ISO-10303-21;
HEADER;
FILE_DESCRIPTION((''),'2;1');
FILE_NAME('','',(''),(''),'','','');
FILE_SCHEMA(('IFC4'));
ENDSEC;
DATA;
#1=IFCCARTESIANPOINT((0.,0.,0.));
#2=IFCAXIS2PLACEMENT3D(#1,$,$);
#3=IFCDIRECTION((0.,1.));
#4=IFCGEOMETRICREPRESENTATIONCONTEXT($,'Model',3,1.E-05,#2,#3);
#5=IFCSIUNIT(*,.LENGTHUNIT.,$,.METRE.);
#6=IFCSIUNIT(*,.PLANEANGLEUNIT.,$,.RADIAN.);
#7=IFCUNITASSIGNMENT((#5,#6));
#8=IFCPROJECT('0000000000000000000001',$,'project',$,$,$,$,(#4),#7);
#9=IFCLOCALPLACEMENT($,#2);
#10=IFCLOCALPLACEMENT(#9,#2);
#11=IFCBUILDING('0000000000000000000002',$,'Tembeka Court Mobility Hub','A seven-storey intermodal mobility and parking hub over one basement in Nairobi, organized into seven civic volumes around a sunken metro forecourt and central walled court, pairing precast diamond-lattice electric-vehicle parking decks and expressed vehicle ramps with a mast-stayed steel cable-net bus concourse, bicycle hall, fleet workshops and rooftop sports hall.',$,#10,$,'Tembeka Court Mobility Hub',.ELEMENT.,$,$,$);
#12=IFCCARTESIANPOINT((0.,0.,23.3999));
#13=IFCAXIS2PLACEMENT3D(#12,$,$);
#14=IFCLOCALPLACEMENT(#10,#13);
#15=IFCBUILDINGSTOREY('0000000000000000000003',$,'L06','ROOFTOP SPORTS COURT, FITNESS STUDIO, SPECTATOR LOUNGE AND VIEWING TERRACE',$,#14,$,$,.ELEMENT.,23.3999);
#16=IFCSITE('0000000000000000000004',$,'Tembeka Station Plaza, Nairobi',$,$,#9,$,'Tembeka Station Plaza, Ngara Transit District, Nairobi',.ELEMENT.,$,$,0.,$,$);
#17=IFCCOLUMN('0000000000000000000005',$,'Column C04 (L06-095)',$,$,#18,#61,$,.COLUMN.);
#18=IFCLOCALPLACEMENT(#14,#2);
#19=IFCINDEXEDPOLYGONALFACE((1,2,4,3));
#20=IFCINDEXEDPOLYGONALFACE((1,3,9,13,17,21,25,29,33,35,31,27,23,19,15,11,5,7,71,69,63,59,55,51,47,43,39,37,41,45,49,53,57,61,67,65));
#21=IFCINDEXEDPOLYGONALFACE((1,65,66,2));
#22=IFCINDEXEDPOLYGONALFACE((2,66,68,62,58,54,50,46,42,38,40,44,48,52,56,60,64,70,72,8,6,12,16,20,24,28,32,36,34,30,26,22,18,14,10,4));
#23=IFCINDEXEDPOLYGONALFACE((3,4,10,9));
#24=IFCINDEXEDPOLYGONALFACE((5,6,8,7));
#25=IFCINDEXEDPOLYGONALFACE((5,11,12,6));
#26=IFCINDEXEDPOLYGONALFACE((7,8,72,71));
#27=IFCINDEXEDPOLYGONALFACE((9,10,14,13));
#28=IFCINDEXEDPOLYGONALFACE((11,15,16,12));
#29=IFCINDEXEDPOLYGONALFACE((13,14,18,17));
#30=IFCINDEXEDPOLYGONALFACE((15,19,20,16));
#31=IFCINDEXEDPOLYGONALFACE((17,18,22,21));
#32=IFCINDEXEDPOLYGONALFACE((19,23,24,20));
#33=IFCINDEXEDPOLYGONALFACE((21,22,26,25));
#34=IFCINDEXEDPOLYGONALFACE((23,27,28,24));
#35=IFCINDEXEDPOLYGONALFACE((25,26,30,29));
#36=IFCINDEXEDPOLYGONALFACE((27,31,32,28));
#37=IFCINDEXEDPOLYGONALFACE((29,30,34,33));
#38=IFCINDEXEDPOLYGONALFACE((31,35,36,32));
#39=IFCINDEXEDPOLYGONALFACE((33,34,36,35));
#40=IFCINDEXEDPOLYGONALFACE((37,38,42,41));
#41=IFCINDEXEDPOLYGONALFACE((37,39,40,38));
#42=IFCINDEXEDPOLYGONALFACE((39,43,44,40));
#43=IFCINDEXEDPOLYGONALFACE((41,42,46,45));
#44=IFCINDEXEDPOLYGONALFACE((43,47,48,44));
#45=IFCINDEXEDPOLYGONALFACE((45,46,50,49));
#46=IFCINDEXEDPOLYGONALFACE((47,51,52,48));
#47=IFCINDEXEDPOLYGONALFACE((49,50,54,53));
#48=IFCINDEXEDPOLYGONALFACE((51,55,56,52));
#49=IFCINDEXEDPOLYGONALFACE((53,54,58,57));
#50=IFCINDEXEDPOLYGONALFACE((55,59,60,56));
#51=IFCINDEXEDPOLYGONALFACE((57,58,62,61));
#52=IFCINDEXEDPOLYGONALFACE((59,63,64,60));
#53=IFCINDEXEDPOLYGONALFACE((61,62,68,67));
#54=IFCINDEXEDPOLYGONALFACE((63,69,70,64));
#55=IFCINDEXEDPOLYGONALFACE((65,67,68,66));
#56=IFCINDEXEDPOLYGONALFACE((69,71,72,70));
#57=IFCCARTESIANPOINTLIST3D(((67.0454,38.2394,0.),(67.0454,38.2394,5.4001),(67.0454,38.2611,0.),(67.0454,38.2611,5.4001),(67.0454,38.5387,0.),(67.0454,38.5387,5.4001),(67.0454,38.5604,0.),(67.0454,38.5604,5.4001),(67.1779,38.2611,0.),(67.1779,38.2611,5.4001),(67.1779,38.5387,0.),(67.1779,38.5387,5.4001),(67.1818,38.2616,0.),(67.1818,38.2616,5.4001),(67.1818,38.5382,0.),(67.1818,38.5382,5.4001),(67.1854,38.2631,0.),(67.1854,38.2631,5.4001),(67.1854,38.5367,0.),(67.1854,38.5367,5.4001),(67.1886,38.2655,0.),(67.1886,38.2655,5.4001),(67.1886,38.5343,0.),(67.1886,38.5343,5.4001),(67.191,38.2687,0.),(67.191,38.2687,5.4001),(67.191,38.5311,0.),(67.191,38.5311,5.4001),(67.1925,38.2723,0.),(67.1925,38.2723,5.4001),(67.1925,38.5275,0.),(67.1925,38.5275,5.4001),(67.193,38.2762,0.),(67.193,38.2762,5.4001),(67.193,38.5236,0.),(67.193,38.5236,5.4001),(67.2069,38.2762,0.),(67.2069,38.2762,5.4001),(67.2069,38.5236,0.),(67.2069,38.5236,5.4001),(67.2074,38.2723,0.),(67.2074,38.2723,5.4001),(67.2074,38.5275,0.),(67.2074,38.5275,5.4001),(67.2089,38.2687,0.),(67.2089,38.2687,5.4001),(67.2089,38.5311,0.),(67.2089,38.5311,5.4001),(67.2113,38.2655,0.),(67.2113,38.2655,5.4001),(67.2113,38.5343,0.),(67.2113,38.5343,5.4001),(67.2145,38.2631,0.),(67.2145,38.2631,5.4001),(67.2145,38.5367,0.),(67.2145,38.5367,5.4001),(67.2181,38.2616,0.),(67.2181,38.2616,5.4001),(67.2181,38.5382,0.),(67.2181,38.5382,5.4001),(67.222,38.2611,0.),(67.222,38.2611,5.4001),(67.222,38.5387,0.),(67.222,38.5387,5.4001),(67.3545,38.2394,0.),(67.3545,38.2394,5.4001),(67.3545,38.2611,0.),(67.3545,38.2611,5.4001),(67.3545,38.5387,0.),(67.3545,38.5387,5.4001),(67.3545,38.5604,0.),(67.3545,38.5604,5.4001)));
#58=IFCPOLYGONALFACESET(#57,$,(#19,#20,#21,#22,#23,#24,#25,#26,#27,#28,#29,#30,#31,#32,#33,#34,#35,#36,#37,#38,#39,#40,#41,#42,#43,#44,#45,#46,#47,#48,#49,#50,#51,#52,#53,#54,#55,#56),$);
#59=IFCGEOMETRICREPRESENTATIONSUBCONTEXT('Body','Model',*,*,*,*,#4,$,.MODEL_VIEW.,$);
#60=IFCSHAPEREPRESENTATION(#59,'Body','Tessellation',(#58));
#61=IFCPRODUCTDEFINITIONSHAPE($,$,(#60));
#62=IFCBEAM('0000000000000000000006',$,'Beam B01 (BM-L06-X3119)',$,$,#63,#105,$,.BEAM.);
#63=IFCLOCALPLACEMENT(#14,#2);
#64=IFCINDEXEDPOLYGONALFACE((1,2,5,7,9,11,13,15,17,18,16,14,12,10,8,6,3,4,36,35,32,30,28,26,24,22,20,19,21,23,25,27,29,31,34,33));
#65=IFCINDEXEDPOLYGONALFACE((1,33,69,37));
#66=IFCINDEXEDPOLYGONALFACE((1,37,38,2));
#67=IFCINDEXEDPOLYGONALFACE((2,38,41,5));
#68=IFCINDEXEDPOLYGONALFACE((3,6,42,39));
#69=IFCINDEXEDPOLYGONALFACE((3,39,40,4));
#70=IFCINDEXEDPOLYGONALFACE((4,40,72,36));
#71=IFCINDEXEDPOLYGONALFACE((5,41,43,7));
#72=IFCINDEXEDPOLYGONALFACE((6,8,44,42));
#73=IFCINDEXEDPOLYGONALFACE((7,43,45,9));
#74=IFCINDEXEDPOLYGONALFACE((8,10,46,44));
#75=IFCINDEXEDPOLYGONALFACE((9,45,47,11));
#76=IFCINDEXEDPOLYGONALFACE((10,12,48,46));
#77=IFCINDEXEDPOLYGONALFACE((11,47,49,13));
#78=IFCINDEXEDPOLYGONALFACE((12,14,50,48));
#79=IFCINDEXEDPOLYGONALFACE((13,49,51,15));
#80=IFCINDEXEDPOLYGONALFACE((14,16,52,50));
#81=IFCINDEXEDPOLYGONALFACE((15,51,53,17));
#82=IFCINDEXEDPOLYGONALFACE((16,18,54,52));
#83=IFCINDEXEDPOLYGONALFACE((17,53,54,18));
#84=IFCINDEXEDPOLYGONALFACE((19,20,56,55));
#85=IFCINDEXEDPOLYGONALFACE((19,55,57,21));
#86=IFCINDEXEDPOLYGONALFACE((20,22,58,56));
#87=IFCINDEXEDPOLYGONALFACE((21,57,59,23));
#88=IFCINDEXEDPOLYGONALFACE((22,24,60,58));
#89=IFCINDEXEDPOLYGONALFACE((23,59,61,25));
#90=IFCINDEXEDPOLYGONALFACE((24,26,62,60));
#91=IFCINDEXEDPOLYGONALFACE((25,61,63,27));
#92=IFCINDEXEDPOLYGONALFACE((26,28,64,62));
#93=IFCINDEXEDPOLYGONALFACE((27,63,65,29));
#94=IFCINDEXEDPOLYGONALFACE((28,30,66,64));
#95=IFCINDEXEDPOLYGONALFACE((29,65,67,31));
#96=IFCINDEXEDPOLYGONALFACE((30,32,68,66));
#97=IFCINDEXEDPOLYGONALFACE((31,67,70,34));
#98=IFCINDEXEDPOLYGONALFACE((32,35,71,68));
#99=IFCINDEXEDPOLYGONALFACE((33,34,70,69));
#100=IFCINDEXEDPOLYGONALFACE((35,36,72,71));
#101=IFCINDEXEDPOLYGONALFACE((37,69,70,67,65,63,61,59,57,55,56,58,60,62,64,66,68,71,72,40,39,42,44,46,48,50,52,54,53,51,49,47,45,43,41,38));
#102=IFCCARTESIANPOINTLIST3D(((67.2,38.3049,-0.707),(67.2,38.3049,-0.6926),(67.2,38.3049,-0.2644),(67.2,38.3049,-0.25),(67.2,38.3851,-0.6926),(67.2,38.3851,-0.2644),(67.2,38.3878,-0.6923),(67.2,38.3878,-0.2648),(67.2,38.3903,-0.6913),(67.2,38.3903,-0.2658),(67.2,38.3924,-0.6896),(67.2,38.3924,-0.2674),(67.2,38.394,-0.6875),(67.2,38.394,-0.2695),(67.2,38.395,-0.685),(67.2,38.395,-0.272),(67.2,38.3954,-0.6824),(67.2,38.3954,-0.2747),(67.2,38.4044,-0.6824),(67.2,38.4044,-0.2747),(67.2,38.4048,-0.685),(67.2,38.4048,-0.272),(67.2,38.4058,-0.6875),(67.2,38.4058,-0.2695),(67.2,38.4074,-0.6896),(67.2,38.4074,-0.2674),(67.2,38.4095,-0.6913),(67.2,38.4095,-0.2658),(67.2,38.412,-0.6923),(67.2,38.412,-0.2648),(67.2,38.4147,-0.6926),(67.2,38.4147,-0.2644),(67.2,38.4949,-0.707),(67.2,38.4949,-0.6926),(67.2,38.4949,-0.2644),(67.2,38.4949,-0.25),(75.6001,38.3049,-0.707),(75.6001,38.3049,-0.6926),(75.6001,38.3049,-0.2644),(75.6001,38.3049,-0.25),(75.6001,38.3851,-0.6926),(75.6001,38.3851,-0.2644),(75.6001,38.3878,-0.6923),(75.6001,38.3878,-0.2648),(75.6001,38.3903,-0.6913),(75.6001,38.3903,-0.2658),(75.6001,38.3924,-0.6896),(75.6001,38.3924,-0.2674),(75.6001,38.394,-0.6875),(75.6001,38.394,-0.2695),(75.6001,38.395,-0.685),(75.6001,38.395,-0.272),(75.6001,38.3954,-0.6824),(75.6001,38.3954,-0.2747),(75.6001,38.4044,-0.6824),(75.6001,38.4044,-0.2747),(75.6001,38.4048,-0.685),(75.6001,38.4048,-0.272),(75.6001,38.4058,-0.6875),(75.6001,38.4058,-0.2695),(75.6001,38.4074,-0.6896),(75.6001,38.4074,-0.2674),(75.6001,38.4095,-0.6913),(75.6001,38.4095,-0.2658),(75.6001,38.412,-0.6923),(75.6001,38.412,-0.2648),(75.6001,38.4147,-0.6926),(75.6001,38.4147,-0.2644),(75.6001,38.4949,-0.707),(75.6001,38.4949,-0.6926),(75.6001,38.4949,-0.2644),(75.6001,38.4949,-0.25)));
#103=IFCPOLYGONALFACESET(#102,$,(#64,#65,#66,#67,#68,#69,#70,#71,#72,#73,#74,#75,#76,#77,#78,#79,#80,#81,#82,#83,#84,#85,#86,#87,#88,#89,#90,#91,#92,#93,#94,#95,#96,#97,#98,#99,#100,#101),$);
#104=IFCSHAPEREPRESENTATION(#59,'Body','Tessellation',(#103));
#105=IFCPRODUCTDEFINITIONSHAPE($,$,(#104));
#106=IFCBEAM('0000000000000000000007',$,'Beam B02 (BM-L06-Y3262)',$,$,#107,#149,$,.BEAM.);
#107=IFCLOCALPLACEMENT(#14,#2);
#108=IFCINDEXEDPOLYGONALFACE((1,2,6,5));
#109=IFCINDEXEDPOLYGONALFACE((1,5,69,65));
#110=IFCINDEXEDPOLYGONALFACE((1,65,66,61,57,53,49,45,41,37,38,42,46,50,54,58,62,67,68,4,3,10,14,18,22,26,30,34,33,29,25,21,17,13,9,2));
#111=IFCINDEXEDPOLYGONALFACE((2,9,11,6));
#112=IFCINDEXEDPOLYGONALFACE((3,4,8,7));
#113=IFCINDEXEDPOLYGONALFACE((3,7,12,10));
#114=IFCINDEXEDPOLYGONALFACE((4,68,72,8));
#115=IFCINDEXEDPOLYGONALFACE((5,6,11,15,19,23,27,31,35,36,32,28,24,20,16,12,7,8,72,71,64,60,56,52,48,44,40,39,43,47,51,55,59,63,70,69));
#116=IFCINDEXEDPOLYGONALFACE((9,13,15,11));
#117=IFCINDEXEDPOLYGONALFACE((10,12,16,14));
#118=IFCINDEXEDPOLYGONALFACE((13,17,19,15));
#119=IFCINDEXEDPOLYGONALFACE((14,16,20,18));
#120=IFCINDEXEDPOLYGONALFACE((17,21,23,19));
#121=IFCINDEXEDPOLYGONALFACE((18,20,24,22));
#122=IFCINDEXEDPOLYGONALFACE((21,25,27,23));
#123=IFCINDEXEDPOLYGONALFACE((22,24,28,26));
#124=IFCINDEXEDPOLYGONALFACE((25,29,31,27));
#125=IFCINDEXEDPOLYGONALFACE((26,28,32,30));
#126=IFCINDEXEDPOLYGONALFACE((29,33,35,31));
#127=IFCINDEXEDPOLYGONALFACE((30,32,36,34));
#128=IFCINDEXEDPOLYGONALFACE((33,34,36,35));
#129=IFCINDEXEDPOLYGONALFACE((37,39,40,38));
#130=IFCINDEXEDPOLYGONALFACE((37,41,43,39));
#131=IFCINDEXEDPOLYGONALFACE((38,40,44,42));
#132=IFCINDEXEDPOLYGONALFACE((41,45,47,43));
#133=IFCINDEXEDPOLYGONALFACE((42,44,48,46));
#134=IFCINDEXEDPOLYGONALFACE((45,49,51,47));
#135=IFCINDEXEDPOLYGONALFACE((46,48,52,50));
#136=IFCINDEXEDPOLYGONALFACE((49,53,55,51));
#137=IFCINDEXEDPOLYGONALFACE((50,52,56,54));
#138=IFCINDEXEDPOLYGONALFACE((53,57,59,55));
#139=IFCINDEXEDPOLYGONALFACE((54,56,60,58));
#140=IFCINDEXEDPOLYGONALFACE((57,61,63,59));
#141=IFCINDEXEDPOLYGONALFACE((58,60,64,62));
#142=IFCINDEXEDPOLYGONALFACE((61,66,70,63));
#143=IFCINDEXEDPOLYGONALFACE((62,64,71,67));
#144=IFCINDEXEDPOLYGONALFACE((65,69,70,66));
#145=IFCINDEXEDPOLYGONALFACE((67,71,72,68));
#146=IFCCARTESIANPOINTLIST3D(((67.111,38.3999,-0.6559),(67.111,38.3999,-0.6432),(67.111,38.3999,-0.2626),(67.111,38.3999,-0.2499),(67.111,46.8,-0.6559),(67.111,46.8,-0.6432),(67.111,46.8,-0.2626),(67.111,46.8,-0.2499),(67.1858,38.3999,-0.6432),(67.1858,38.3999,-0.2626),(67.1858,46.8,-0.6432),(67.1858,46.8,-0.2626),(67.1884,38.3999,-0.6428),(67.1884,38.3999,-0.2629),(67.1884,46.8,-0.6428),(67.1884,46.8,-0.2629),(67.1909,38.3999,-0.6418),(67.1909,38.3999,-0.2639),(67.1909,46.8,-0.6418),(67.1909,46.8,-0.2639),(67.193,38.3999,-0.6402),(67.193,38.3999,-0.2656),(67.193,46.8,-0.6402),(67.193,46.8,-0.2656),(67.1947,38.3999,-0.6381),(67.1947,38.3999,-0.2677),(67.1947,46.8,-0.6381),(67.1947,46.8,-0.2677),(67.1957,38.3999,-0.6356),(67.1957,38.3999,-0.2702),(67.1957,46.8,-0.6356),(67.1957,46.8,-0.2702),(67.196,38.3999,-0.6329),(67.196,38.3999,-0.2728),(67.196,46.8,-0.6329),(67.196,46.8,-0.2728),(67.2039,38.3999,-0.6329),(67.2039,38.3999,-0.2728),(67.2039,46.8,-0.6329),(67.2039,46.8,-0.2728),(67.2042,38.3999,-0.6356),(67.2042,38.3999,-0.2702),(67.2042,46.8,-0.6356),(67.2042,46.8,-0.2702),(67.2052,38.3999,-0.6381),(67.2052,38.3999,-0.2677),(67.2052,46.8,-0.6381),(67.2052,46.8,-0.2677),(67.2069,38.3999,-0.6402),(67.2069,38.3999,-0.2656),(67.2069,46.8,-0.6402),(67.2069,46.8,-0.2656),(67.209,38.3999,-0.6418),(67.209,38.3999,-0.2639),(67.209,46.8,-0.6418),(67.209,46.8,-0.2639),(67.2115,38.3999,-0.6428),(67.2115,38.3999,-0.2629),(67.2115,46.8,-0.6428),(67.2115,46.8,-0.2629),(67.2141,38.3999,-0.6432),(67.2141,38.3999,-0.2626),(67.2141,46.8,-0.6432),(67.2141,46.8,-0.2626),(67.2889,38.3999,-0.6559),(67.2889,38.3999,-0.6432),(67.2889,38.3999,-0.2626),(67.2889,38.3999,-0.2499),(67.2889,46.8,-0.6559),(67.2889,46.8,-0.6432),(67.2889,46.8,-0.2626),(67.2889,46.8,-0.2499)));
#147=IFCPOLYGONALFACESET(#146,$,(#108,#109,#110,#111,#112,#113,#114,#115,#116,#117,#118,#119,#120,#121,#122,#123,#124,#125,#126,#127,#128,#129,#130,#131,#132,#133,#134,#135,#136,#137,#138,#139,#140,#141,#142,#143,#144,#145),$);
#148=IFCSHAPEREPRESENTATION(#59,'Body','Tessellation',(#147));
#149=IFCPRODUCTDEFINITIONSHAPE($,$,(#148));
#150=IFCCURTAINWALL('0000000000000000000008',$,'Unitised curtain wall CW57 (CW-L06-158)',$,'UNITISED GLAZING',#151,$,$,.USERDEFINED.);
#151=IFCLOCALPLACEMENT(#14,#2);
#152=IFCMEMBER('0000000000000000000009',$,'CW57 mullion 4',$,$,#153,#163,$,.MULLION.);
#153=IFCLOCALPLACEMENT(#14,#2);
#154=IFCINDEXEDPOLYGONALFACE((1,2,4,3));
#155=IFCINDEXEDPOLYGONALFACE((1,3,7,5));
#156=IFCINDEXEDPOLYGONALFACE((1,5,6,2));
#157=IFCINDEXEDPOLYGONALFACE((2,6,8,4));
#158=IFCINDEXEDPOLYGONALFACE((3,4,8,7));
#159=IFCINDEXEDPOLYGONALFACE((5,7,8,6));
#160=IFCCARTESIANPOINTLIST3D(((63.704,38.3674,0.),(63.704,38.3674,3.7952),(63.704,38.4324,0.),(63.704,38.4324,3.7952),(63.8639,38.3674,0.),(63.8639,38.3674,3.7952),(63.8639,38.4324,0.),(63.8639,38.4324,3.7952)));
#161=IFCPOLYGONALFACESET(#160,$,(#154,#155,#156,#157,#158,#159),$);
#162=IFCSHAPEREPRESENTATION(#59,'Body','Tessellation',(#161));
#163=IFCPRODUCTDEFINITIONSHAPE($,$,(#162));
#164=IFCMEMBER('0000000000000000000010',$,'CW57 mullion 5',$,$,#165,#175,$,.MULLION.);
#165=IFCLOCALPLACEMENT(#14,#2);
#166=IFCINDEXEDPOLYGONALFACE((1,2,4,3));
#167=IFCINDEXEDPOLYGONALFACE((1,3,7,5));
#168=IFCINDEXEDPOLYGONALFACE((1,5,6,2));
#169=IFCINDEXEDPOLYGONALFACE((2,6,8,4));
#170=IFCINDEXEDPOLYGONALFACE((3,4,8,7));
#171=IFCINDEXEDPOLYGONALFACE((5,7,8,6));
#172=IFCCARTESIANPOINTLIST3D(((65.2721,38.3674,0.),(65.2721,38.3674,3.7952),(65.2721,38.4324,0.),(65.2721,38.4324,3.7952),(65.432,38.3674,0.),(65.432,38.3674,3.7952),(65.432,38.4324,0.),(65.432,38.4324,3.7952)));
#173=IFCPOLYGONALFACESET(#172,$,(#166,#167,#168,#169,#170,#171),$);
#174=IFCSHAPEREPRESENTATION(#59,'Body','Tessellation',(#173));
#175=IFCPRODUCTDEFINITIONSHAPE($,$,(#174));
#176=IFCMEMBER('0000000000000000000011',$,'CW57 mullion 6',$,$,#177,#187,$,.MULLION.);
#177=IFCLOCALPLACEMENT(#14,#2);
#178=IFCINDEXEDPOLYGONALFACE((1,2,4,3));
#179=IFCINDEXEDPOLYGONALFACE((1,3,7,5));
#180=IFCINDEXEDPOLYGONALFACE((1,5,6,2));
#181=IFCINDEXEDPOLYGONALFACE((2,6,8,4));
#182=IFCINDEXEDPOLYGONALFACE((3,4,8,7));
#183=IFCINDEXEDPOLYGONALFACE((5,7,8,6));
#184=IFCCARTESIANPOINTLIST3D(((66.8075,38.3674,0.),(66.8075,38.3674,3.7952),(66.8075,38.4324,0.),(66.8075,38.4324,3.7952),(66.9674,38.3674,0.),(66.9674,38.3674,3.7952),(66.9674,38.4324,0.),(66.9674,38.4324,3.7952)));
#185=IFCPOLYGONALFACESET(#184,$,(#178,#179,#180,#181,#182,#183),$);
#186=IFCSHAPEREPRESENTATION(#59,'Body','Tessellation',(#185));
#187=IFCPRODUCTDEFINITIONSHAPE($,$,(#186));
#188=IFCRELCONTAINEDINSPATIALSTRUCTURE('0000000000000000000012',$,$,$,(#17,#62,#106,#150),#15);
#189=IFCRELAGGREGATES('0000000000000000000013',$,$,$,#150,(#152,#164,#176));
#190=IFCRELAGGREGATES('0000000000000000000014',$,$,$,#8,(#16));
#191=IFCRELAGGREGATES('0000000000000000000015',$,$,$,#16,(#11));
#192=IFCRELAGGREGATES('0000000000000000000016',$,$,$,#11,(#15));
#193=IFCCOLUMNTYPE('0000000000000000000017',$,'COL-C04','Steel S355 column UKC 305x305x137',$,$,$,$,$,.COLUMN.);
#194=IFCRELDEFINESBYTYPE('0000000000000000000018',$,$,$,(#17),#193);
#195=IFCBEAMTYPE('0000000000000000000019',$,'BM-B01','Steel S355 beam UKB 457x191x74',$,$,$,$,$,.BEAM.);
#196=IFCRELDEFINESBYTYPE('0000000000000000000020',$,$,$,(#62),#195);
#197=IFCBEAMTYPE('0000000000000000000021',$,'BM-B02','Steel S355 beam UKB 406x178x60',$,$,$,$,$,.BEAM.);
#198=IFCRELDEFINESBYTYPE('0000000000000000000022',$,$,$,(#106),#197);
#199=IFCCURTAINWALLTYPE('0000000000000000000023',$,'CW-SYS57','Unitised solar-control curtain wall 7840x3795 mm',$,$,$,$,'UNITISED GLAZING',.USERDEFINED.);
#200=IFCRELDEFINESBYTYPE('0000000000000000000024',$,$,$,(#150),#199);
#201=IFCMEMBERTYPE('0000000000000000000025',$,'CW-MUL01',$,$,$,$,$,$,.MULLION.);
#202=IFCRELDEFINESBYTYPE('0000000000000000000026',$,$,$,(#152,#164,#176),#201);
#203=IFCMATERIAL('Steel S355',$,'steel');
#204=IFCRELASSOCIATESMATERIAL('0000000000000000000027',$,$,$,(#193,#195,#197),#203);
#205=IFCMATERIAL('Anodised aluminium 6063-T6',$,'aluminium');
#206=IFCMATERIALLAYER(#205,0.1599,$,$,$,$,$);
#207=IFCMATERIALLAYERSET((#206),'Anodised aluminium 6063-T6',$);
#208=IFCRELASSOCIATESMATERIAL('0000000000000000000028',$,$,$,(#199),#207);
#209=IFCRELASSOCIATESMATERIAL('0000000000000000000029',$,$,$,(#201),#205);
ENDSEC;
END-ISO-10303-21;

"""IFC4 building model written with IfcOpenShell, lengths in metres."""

from ifc_helpers import new_model, si_unit, direction, frame, origin, origin_2d, place, context, subcontext, project, spatial, rectangle, i_section, extrude, material, layer, layer_set, material_profile, profile_set, type_object, element, aggregate, save


model = new_model("IFC4")

# Units and contexts
model_context = context("Model", 3, precision=1e-05, world=origin(), true_north=direction((0.0, 1.0)))
body_context = subcontext(model_context, "Body", "Model", "MODEL_VIEW")
ifc_project = project(units=[si_unit("LENGTHUNIT", "METRE"), si_unit("PLANEANGLEUNIT", "RADIAN")], contexts=[model_context])

# Site, building, storey
site_placement = place(None, origin())
site = spatial("IfcSite", under=ifc_project, at=site_placement, Name="Tembeka Station Plaza, Nairobi", LongName="Tembeka Station Plaza, Ngara Transit District, Nairobi", CompositionType="ELEMENT", RefElevation=0.0)
building_placement = place(site_placement, origin())
building = spatial("IfcBuilding", under=site, at=building_placement, Name="Tembeka Court Mobility Hub", Description="A seven-storey intermodal mobility and parking hub over one basement in Nairobi, organized into seven civic volumes around a sunken metro forecourt and central walled court, pairing precast diamond-lattice electric-vehicle parking decks and expressed vehicle ramps with a mast-stayed steel cable-net bus concourse, bicycle hall, fleet workshops and rooftop sports hall.", LongName="Tembeka Court Mobility Hub", CompositionType="ELEMENT")
storey_placement = place(building_placement, frame((0.0, 0.0, 23.3999)))
storey = spatial("IfcBuildingStorey", under=building, at=storey_placement, Name="L06", Description="ROOFTOP SPORTS COURT, FITNESS STUDIO, SPECTATOR LOUNGE AND VIEWING TERRACE", CompositionType="ELEMENT", Elevation=23.3999)

# Column
ifc_material_1 = material(Name="Steel S355", Category="steel")
ifc_material_profile_1 = material_profile(ifc_material_1, i_section(OverallWidth=0.3091, OverallDepth=0.321, WebThickness=0.0139, FlangeThickness=0.0217, FilletRadius=0.0151, at=origin_2d()), Name="UKC 305x305x137")
ifc_profile_set_1 = profile_set([ifc_material_profile_1], Name="Steel S355")
column_type = type_object("IfcColumnType", Name="COL-C04", Description="Steel S355 column UKC 305x305x137", PredefinedType="COLUMN", material=ifc_profile_set_1)
column_placement = place(storey_placement, frame((67.2, 38.3999, 0.0), z_axis=(0.0, 0.0, 1.0), x_axis=(1.0, 0.0, 0.0)))
element("IfcColumn", 1, at=column_placement, inside=storey, type_object=column_type, Name="Column C04 (L06-095)", PredefinedType="COLUMN", context=body_context, shape_type="SweptSolid", body=[
    extrude(i_section(OverallWidth=0.3091, OverallDepth=0.321, WebThickness=0.0139, FlangeThickness=0.0217, FilletRadius=0.0151, at=origin_2d()), origin(), (0.0, 0.0, 1.0), 5.4001),
])

# Beams
ifc_material_profile_2 = material_profile(ifc_material_1, i_section(OverallWidth=0.1899, OverallDepth=0.457, WebThickness=0.009, FlangeThickness=0.0144, FilletRadius=0.0103, at=origin_2d()), Name="UKB 457x191x74")
ifc_profile_set_2 = profile_set([ifc_material_profile_2], Name="Steel S355")
beam_type_1 = type_object("IfcBeamType", Name="BM-B01", Description="Steel S355 beam UKB 457x191x74", PredefinedType="BEAM", material=ifc_profile_set_2)
beam_1_placement = place(storey_placement, frame((67.2, 38.3999, -0.4785), z_axis=(1.0, 0.0, 0.0), x_axis=(0.0, 1.0, 0.0)))
element("IfcBeam", 2, at=beam_1_placement, inside=storey, type_object=beam_type_1, Name="Beam B01 (BM-L06-X3119)", PredefinedType="BEAM", context=body_context, shape_type="SweptSolid", body=[
    extrude(i_section(OverallWidth=0.1899, OverallDepth=0.457, WebThickness=0.009, FlangeThickness=0.0144, FilletRadius=0.0103, at=origin_2d()), origin(), (0.0, 0.0, 1.0), 8.4001),
])
ifc_material_profile_3 = material_profile(ifc_material_1, i_section(OverallWidth=0.178, OverallDepth=0.406, WebThickness=0.0078, FlangeThickness=0.0127, FilletRadius=0.0103, at=origin_2d()), Name="UKB 406x178x60")
ifc_profile_set_3 = profile_set([ifc_material_profile_3], Name="Steel S355")
beam_type_2 = type_object("IfcBeamType", Name="BM-B02", Description="Steel S355 beam UKB 406x178x60", PredefinedType="BEAM", material=ifc_profile_set_3)
beam_2_placement = place(storey_placement, frame((67.2, 38.3999, -0.4529), z_axis=(0.0, 1.0, 0.0), x_axis=(-1.0, 0.0, 0.0)))
element("IfcBeam", 3, at=beam_2_placement, inside=storey, type_object=beam_type_2, Name="Beam B02 (BM-L06-Y3262)", PredefinedType="BEAM", context=body_context, shape_type="SweptSolid", body=[
    extrude(i_section(OverallWidth=0.178, OverallDepth=0.406, WebThickness=0.0078, FlangeThickness=0.0127, FilletRadius=0.0103, at=origin_2d()), origin(), (0.0, 0.0, 1.0), 8.4001),
])

# Curtain wall, members
ifc_material_2 = material(Name="Anodised aluminium 6063-T6", Category="aluminium")
ifc_layer_1 = layer(ifc_material_2, 0.1599)
ifc_layer_set_1 = layer_set([ifc_layer_1], Name="Anodised aluminium 6063-T6")
curtain_wall_type = type_object("IfcCurtainWallType", Name="CW-SYS57", Description="Unitised solar-control curtain wall 7840x3795 mm", ElementType="UNITISED GLAZING", PredefinedType="USERDEFINED", material=ifc_layer_set_1)
curtain_wall_1_placement = place(storey_placement, origin())
curtain_wall_1 = element("IfcCurtainWall", 4, at=curtain_wall_1_placement, inside=storey, type_object=curtain_wall_type, Name="Unitised curtain wall CW57 (CW-L06-158)", ObjectType="UNITISED GLAZING", PredefinedType="USERDEFINED")
ifc_material_profile_4 = material_profile(ifc_material_2, rectangle(XDim=0.0649, YDim=0.1599, at=origin_2d()), Name="ALU-MUL 65x160")
ifc_profile_set_4 = profile_set([ifc_material_profile_4], Name="Anodised aluminium 6063-T6")
member_type_1 = type_object("IfcMemberType", Name="CW-MUL01", PredefinedType="MULLION", material=ifc_profile_set_4)
member_1_placement = place(storey_placement, frame((63.7839, 38.3999, 0.0), z_axis=(0.0, 0.0, 1.0), x_axis=(0.0, 1.0, 0.0)))
member_1 = element("IfcMember", 5, at=member_1_placement, type_object=member_type_1, Name="CW57 mullion 4", PredefinedType="MULLION", context=body_context, shape_type="SweptSolid", body=[
    extrude(rectangle(XDim=0.0649, YDim=0.1599, at=origin_2d()), origin(), (0.0, 0.0, 1.0), 3.7952),
])
member_2_placement = place(storey_placement, frame((65.3521, 38.3999, 0.0), z_axis=(0.0, 0.0, 1.0), x_axis=(0.0, 1.0, 0.0)))
member_2 = element("IfcMember", 6, at=member_2_placement, type_object=member_type_1, Name="CW57 mullion 5", PredefinedType="MULLION", context=body_context, shape_type="SweptSolid", body=[
    extrude(rectangle(XDim=0.0649, YDim=0.1599, at=origin_2d()), origin(), (0.0, 0.0, 1.0), 3.7952),
])
member_3_placement = place(storey_placement, frame((66.8875, 38.3999, 0.0), z_axis=(0.0, 0.0, 1.0), x_axis=(0.0, 1.0, 0.0)))
member_3 = element("IfcMember", 7, at=member_3_placement, type_object=member_type_1, Name="CW57 mullion 6", PredefinedType="MULLION", context=body_context, shape_type="SweptSolid", body=[
    extrude(rectangle(XDim=0.0649, YDim=0.1599, at=origin_2d()), origin(), (0.0, 0.0, 1.0), 3.7952),
])

aggregate(curtain_wall_1, [member_1, member_2, member_3])

save(model, "model.ifc")
